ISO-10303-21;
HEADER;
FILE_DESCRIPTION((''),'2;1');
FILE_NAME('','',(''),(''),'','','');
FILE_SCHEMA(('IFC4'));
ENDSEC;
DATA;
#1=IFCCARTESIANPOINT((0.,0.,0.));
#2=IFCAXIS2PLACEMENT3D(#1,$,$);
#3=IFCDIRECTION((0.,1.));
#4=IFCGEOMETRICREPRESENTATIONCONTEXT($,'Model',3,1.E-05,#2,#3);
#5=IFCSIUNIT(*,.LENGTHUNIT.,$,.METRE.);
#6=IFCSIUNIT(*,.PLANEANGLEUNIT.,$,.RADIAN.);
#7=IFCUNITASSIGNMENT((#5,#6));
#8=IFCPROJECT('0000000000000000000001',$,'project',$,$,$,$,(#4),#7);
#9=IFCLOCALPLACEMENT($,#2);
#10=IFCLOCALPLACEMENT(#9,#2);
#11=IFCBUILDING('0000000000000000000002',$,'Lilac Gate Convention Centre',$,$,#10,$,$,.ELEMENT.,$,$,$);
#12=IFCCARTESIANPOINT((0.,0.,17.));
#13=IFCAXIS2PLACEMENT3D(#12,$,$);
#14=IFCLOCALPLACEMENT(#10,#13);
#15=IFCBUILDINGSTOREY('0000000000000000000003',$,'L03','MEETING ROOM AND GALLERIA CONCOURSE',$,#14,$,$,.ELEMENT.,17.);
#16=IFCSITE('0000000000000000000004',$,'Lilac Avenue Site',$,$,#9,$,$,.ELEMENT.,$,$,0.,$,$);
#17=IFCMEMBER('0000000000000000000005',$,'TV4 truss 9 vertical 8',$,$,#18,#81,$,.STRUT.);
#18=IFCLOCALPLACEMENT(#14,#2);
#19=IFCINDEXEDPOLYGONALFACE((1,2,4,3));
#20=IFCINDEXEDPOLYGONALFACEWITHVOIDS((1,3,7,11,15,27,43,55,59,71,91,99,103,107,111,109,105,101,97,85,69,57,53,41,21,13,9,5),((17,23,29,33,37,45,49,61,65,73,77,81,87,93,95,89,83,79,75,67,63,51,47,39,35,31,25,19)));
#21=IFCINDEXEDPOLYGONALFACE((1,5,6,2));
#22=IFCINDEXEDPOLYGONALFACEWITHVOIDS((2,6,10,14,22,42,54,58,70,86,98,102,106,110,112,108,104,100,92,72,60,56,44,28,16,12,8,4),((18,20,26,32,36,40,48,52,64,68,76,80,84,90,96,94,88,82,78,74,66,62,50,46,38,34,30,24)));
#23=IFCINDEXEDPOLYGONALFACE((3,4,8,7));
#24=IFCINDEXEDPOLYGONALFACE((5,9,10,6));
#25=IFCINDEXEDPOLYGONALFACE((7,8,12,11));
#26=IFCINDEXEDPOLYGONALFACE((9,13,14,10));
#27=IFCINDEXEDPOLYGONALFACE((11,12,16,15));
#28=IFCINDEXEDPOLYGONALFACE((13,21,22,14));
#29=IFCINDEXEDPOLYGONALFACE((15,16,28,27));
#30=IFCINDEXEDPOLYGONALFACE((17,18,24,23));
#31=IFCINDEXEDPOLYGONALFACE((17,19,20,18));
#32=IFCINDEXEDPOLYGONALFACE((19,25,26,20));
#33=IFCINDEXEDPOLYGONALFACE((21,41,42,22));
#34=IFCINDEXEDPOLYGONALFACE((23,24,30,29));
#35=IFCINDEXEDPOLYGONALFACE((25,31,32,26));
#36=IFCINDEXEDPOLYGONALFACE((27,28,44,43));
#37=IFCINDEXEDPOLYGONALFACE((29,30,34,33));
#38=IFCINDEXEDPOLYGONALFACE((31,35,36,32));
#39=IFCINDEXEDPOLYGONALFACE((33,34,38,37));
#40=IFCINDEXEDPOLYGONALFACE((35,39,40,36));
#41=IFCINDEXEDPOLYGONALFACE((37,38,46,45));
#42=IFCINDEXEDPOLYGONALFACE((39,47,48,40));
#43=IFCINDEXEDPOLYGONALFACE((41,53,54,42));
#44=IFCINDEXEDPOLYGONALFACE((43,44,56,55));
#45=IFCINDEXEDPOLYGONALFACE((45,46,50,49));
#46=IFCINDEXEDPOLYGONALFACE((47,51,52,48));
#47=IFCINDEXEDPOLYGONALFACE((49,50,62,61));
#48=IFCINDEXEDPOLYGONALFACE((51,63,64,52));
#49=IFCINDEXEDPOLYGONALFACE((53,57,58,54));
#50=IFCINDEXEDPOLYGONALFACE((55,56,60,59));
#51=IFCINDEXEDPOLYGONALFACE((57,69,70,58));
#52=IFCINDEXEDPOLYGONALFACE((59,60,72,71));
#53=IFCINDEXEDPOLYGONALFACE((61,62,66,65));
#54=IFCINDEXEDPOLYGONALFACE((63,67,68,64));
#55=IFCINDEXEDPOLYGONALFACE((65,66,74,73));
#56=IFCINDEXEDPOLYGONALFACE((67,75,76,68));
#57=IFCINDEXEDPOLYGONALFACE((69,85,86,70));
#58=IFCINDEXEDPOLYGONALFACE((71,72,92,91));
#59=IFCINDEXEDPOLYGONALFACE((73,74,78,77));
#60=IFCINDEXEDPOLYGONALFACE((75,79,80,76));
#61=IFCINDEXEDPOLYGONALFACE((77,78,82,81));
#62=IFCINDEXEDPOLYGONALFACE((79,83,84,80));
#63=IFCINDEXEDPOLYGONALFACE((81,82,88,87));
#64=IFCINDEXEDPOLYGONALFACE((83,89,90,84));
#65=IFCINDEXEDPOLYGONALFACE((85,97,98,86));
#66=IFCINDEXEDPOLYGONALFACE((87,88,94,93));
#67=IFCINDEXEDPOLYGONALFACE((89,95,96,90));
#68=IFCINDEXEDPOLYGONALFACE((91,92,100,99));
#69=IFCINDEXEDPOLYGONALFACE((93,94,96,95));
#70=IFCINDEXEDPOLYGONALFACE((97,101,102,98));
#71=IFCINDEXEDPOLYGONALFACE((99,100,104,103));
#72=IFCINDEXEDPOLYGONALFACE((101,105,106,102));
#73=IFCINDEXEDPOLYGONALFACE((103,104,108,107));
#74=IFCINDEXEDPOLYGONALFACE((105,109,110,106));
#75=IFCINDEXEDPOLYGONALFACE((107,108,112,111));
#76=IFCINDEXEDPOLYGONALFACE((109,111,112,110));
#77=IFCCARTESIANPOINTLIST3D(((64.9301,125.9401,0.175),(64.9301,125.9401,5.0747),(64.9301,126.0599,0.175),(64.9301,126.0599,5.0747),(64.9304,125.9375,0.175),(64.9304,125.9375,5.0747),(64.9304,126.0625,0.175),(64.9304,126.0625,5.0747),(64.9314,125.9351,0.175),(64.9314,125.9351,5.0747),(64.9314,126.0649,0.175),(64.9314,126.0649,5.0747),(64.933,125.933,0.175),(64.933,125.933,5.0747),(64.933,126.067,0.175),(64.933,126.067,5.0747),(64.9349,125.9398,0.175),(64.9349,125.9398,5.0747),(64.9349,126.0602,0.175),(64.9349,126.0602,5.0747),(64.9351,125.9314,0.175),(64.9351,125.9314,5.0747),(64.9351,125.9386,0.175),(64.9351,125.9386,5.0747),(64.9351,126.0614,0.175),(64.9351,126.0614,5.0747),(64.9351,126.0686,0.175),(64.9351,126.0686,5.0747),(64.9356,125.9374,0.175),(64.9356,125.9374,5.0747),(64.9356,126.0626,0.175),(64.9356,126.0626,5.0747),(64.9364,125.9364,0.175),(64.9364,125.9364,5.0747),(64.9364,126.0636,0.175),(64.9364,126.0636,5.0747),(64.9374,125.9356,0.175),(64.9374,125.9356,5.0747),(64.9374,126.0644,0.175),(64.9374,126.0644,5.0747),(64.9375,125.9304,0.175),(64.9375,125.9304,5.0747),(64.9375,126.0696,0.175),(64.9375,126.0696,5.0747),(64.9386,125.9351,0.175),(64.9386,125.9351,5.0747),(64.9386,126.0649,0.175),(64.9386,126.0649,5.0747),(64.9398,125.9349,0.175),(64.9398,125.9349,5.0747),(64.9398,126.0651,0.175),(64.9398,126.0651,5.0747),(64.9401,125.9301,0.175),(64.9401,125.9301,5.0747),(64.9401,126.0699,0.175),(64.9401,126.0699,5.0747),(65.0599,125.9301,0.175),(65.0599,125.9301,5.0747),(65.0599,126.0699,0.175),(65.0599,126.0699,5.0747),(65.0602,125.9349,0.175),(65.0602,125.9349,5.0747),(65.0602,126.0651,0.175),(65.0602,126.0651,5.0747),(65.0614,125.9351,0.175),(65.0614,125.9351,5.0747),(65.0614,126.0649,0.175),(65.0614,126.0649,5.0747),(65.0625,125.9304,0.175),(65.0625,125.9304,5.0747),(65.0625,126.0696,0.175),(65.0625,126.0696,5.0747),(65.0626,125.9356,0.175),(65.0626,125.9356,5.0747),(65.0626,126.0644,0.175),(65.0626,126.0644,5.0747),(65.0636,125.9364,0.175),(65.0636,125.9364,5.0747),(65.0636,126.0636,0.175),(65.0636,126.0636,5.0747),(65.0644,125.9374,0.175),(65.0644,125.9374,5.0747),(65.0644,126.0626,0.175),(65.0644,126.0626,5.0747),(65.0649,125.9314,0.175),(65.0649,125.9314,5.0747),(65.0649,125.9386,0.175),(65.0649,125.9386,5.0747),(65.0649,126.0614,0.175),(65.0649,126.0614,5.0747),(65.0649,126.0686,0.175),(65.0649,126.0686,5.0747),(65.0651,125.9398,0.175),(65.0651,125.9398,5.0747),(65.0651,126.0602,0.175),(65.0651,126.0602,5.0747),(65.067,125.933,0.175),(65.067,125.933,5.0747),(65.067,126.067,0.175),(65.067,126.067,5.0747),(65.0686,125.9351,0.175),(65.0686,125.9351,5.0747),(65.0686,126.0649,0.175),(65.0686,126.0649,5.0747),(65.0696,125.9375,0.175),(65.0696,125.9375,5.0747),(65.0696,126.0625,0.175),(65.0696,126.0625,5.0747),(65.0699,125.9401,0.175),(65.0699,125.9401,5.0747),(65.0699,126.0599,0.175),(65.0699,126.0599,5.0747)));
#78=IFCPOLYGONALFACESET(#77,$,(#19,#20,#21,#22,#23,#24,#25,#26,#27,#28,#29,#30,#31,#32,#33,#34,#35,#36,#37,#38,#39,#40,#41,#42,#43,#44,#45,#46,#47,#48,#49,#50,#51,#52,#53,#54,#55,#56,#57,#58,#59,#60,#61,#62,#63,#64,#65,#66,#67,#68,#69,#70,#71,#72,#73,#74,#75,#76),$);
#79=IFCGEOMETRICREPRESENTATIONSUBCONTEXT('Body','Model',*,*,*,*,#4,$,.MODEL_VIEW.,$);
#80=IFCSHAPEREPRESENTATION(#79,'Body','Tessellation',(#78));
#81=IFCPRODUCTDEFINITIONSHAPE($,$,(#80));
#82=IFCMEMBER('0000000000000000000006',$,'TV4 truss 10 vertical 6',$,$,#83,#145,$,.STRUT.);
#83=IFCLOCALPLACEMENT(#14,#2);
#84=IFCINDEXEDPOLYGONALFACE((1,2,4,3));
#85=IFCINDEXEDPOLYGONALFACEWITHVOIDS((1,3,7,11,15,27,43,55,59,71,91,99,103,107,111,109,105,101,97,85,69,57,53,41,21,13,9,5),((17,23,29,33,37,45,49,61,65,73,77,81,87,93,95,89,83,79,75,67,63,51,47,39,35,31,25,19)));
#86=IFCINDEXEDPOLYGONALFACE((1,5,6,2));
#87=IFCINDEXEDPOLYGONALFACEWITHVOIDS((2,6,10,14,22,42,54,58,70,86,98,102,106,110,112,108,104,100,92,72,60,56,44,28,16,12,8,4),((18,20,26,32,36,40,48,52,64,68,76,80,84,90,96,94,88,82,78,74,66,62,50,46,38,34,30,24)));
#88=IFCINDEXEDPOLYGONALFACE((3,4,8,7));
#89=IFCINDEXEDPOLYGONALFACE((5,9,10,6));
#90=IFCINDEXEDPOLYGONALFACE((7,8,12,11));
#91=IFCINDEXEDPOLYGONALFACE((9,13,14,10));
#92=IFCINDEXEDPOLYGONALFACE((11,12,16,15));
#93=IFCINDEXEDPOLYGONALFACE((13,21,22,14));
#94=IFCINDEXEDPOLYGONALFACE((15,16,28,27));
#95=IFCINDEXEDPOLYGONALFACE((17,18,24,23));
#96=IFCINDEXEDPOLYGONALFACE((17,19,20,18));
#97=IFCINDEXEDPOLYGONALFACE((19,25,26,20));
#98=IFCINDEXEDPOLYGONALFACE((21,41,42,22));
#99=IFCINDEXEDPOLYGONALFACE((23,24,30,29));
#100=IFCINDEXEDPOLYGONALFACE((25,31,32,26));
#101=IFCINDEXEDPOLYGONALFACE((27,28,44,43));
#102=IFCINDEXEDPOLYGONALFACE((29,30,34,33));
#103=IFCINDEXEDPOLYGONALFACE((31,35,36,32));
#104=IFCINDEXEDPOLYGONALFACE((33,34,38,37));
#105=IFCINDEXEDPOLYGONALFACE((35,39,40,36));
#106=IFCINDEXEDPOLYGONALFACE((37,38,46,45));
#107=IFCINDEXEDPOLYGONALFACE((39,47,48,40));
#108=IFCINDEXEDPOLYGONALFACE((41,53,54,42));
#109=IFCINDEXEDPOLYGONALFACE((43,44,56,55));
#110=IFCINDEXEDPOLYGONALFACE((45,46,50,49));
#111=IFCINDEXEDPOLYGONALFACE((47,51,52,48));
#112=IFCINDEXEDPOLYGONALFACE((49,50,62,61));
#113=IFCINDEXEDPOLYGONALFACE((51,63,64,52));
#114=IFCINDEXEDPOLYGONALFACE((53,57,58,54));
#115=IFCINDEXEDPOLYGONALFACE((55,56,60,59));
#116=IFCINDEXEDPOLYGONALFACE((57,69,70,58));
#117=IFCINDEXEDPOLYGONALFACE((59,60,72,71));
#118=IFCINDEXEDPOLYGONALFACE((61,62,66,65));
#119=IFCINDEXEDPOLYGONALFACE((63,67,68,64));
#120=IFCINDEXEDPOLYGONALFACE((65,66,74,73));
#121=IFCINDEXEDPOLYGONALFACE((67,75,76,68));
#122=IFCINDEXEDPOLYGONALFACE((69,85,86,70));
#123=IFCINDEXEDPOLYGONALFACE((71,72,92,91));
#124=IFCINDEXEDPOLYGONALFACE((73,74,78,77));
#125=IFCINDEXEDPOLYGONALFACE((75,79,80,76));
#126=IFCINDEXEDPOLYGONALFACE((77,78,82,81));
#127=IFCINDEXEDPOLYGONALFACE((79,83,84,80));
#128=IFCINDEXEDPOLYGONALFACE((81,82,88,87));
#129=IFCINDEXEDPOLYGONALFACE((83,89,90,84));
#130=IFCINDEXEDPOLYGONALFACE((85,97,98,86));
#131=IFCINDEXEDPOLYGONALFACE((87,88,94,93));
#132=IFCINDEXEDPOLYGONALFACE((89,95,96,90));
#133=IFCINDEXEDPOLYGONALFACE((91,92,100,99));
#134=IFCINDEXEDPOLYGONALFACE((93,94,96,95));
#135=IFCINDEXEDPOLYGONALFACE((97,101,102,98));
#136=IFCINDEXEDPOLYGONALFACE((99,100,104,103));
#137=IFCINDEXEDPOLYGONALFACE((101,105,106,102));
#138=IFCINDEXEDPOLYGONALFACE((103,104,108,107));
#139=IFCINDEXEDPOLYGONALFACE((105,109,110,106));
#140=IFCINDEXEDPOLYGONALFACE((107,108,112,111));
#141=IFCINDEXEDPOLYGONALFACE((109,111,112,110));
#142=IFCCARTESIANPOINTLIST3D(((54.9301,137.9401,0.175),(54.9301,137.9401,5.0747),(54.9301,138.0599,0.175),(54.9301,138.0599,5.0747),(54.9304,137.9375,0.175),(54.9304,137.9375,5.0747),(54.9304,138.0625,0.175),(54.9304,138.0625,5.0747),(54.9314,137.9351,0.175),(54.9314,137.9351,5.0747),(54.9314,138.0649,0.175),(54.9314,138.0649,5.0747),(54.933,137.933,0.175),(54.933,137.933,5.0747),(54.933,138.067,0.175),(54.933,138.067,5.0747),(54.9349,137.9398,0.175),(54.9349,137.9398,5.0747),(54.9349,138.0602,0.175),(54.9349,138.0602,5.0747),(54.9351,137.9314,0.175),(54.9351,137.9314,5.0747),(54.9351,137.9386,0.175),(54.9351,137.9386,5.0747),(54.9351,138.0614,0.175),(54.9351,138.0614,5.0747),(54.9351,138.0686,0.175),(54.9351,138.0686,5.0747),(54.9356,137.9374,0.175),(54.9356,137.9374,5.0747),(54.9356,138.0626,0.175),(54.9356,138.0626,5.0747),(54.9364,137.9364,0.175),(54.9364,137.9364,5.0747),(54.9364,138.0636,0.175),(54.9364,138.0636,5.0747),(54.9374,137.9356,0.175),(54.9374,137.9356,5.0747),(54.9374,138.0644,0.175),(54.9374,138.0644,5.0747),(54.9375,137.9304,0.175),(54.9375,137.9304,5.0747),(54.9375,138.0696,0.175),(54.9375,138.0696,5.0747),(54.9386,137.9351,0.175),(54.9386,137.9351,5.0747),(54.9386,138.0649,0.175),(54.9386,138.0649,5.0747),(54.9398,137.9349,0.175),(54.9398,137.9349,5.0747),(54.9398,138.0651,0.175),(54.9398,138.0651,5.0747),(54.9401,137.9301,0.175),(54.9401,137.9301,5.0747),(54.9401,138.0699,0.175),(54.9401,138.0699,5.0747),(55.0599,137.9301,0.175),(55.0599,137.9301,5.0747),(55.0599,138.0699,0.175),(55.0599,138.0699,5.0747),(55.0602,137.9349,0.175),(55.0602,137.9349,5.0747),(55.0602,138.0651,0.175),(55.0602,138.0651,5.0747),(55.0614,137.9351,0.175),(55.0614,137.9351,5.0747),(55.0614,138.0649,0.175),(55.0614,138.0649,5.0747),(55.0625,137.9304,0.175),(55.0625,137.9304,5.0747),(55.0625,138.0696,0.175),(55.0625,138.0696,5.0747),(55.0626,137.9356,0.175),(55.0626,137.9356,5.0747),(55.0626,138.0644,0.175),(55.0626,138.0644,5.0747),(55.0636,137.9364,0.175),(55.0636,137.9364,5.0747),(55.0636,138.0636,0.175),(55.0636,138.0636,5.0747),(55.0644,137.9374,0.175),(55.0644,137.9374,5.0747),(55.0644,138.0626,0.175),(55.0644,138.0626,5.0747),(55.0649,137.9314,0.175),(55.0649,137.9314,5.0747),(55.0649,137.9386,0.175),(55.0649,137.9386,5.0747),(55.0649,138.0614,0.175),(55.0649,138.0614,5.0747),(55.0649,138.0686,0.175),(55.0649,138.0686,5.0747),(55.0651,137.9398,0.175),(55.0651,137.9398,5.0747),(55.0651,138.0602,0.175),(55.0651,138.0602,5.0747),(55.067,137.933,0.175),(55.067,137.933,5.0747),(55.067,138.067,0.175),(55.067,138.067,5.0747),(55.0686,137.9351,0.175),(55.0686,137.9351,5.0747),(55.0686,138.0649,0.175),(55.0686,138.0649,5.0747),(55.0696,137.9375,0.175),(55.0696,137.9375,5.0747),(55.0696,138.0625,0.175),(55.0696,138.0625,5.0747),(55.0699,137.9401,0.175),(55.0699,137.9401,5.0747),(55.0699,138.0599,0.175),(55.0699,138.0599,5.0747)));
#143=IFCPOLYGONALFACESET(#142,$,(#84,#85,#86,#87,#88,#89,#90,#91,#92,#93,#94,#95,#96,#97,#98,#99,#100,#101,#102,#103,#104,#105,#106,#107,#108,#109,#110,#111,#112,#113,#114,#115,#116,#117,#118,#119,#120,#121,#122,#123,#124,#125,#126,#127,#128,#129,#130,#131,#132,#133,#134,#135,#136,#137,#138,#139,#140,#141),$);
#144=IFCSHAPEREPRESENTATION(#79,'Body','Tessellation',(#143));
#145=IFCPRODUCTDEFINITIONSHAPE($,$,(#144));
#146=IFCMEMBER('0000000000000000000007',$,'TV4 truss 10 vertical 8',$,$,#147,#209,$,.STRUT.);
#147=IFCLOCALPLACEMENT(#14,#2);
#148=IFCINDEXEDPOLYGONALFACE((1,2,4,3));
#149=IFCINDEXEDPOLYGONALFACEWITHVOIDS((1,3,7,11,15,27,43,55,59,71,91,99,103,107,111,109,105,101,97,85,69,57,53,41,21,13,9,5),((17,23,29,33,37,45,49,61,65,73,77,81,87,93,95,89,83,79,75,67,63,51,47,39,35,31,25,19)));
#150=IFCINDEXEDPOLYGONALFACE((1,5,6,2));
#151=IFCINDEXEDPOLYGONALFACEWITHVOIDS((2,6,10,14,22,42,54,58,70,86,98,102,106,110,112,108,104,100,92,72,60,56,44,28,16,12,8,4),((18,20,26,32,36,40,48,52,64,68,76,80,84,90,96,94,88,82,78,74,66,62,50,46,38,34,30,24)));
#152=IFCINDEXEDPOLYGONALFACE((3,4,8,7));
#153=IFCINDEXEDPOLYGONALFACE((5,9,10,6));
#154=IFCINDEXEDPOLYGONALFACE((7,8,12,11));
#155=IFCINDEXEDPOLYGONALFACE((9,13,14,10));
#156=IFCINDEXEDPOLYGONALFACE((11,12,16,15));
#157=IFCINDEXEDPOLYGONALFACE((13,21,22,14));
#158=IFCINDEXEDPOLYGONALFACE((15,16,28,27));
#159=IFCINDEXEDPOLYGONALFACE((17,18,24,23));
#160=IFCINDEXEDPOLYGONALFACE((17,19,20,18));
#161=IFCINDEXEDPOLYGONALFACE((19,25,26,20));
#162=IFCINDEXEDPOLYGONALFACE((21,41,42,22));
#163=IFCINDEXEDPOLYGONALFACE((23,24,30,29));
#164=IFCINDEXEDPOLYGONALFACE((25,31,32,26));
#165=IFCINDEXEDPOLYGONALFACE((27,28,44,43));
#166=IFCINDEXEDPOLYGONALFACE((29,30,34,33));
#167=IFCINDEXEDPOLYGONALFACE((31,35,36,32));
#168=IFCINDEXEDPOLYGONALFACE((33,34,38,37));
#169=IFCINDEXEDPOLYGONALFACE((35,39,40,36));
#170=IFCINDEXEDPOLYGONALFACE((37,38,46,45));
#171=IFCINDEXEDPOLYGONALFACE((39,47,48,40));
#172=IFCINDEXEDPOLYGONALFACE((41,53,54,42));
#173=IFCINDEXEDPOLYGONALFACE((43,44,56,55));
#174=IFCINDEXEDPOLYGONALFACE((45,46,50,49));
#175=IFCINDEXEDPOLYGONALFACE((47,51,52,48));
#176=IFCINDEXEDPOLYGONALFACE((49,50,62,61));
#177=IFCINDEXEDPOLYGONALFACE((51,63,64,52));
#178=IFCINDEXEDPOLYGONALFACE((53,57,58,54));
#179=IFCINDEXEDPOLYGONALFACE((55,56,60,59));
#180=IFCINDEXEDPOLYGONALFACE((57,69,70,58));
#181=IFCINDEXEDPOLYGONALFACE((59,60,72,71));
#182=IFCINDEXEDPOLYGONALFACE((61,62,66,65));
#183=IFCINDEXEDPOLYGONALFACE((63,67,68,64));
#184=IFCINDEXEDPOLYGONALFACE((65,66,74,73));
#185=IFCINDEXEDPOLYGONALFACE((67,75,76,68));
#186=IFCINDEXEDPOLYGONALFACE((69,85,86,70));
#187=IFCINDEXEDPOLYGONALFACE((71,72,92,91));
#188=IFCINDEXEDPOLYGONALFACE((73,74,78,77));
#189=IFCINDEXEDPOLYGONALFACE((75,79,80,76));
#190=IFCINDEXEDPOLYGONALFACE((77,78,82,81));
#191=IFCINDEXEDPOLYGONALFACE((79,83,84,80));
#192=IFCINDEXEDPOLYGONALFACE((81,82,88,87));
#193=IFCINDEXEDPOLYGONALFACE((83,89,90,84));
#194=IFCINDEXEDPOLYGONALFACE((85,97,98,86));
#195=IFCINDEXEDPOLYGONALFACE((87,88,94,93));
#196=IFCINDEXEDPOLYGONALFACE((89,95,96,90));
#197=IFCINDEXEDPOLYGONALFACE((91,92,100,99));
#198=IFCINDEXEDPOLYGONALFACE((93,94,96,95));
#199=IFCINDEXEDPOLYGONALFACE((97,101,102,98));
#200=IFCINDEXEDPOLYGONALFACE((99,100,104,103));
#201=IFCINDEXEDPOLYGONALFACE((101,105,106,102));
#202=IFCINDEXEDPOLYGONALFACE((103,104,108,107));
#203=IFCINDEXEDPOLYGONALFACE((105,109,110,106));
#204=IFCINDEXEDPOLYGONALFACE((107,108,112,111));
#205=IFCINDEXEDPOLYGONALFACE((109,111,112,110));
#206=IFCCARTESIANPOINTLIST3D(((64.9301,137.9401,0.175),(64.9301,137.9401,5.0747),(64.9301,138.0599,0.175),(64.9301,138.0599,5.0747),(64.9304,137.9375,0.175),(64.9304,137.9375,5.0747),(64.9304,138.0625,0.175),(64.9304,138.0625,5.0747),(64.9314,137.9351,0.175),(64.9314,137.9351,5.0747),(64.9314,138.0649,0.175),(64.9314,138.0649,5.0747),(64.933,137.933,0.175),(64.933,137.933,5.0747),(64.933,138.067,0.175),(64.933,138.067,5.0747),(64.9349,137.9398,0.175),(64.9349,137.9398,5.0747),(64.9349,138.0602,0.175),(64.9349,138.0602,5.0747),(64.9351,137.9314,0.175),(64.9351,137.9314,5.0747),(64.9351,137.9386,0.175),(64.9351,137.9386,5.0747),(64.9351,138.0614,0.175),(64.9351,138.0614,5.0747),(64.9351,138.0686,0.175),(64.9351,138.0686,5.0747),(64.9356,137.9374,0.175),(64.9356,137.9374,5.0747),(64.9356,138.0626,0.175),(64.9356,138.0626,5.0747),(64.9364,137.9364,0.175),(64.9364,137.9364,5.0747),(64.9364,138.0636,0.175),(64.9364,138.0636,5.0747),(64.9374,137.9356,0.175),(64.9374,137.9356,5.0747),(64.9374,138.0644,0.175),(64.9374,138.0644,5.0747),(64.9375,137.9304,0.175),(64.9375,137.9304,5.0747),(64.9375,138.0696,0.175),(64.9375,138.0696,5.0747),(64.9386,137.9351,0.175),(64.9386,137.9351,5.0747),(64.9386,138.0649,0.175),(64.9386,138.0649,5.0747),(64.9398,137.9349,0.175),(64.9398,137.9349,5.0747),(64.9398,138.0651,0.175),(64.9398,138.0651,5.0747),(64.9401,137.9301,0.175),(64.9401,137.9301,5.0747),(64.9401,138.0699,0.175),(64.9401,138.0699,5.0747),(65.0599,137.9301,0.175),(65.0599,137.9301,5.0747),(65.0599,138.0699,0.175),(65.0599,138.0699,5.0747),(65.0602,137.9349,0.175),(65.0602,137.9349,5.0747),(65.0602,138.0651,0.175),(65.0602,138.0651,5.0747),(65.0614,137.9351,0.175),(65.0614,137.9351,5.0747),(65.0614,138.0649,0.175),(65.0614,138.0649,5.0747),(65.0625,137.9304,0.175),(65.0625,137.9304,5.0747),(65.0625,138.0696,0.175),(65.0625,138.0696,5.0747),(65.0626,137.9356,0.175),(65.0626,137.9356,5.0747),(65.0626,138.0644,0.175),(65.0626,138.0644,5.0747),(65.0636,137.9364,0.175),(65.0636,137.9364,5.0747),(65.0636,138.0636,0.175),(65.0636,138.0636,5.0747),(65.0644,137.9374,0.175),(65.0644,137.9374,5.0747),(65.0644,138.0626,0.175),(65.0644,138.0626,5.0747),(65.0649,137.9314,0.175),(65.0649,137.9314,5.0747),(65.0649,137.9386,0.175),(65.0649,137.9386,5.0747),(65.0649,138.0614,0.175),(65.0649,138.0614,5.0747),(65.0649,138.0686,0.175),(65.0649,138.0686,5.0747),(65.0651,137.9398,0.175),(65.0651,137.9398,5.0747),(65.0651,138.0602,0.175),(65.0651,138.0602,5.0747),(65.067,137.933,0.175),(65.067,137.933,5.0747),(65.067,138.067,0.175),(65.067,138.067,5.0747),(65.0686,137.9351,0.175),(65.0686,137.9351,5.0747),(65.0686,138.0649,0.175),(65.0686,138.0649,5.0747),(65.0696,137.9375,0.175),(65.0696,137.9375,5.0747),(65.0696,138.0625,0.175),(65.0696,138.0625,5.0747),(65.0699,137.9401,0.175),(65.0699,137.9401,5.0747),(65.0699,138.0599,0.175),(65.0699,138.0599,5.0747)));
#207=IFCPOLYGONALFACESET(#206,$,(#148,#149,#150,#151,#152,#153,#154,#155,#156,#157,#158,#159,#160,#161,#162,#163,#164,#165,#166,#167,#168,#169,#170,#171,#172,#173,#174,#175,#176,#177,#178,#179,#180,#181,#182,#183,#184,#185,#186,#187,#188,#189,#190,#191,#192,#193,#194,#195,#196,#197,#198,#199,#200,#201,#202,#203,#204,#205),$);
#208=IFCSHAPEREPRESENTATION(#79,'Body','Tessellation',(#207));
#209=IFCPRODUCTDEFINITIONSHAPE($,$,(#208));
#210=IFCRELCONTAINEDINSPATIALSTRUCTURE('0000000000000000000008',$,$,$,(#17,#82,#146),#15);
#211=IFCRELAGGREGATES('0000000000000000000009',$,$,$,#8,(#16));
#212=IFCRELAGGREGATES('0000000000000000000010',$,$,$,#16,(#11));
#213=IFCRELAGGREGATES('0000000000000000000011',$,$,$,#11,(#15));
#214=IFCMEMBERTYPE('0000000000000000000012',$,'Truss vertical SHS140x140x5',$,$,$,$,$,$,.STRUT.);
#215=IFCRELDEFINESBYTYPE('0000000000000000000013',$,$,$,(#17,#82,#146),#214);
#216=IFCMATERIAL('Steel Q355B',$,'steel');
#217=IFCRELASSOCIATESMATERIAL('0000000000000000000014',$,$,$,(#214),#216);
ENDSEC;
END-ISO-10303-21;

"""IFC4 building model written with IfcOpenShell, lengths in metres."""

from ifc_helpers import new_model, si_unit, direction, frame, origin, origin_2d, place, context, subcontext, project, spatial, hollow_rectangle, extrude, material, material_profile, profile_set, type_object, element, save


model = new_model("IFC4")

# Units and contexts
model_context = context("Model", 3, precision=1e-05, world=origin(), true_north=direction((0.0, 1.0)))
body_context = subcontext(model_context, "Body", "Model", "MODEL_VIEW")
ifc_project = project(units=[si_unit("LENGTHUNIT", "METRE"), si_unit("PLANEANGLEUNIT", "RADIAN")], contexts=[model_context])

# Site, building, storey
site_placement = place(None, origin())
site = spatial("IfcSite", under=ifc_project, at=site_placement, Name="Lilac Avenue Site", CompositionType="ELEMENT", RefElevation=0.0)
building_placement = place(site_placement, origin())
building = spatial("IfcBuilding", under=site, at=building_placement, Name="Lilac Gate Convention Centre", CompositionType="ELEMENT")
storey_placement = place(building_placement, frame((0.0, 0.0, 17.0)))
storey = spatial("IfcBuildingStorey", under=building, at=storey_placement, Name="L03", Description="MEETING ROOM AND GALLERIA CONCOURSE", CompositionType="ELEMENT", Elevation=17.0)

# Members
ifc_material = material(Name="Steel Q355B", Category="steel")
ifc_material_profile_1 = material_profile(ifc_material, hollow_rectangle(XDim=0.1399, YDim=0.1399, WallThickness=0.0049, InnerFilletRadius=0.0049, OuterFilletRadius=0.01, at=origin_2d()), Name="SHS140x140x5")
ifc_profile_set_1 = profile_set([ifc_material_profile_1], Name="Steel Q355B")
member_type_1 = type_object("IfcMemberType", Name="Truss vertical SHS140x140x5", PredefinedType="STRUT", material=ifc_profile_set_1)
for number, where, z_axis, x_axis, name in (
    (1, (65.0, 126.0, 0.175), (0.0, 0.0, 1.0), (1.0, 0.0, 0.0), "TV4 truss 9 vertical 8"),
    (2, (55.0, 138.0, 0.175), (0.0, 0.0, 1.0), (1.0, 0.0, 0.0), "TV4 truss 10 vertical 6"),
    (3, (65.0, 138.0, 0.175), (0.0, 0.0, 1.0), (1.0, 0.0, 0.0), "TV4 truss 10 vertical 8"),
):
    element("IfcMember", number, at=place(storey_placement, frame(where, z_axis=z_axis, x_axis=x_axis)), inside=storey, type_object=member_type_1, Name=name, PredefinedType="STRUT", context=body_context, shape_type="SweptSolid", body=[
        extrude(hollow_rectangle(XDim=0.1399, YDim=0.1399, WallThickness=0.0049, InnerFilletRadius=0.0049, OuterFilletRadius=0.01, at=origin_2d()), origin(), (0.0, 0.0, 1.0), 4.8997),
    ])

save(model, "model.ifc")
